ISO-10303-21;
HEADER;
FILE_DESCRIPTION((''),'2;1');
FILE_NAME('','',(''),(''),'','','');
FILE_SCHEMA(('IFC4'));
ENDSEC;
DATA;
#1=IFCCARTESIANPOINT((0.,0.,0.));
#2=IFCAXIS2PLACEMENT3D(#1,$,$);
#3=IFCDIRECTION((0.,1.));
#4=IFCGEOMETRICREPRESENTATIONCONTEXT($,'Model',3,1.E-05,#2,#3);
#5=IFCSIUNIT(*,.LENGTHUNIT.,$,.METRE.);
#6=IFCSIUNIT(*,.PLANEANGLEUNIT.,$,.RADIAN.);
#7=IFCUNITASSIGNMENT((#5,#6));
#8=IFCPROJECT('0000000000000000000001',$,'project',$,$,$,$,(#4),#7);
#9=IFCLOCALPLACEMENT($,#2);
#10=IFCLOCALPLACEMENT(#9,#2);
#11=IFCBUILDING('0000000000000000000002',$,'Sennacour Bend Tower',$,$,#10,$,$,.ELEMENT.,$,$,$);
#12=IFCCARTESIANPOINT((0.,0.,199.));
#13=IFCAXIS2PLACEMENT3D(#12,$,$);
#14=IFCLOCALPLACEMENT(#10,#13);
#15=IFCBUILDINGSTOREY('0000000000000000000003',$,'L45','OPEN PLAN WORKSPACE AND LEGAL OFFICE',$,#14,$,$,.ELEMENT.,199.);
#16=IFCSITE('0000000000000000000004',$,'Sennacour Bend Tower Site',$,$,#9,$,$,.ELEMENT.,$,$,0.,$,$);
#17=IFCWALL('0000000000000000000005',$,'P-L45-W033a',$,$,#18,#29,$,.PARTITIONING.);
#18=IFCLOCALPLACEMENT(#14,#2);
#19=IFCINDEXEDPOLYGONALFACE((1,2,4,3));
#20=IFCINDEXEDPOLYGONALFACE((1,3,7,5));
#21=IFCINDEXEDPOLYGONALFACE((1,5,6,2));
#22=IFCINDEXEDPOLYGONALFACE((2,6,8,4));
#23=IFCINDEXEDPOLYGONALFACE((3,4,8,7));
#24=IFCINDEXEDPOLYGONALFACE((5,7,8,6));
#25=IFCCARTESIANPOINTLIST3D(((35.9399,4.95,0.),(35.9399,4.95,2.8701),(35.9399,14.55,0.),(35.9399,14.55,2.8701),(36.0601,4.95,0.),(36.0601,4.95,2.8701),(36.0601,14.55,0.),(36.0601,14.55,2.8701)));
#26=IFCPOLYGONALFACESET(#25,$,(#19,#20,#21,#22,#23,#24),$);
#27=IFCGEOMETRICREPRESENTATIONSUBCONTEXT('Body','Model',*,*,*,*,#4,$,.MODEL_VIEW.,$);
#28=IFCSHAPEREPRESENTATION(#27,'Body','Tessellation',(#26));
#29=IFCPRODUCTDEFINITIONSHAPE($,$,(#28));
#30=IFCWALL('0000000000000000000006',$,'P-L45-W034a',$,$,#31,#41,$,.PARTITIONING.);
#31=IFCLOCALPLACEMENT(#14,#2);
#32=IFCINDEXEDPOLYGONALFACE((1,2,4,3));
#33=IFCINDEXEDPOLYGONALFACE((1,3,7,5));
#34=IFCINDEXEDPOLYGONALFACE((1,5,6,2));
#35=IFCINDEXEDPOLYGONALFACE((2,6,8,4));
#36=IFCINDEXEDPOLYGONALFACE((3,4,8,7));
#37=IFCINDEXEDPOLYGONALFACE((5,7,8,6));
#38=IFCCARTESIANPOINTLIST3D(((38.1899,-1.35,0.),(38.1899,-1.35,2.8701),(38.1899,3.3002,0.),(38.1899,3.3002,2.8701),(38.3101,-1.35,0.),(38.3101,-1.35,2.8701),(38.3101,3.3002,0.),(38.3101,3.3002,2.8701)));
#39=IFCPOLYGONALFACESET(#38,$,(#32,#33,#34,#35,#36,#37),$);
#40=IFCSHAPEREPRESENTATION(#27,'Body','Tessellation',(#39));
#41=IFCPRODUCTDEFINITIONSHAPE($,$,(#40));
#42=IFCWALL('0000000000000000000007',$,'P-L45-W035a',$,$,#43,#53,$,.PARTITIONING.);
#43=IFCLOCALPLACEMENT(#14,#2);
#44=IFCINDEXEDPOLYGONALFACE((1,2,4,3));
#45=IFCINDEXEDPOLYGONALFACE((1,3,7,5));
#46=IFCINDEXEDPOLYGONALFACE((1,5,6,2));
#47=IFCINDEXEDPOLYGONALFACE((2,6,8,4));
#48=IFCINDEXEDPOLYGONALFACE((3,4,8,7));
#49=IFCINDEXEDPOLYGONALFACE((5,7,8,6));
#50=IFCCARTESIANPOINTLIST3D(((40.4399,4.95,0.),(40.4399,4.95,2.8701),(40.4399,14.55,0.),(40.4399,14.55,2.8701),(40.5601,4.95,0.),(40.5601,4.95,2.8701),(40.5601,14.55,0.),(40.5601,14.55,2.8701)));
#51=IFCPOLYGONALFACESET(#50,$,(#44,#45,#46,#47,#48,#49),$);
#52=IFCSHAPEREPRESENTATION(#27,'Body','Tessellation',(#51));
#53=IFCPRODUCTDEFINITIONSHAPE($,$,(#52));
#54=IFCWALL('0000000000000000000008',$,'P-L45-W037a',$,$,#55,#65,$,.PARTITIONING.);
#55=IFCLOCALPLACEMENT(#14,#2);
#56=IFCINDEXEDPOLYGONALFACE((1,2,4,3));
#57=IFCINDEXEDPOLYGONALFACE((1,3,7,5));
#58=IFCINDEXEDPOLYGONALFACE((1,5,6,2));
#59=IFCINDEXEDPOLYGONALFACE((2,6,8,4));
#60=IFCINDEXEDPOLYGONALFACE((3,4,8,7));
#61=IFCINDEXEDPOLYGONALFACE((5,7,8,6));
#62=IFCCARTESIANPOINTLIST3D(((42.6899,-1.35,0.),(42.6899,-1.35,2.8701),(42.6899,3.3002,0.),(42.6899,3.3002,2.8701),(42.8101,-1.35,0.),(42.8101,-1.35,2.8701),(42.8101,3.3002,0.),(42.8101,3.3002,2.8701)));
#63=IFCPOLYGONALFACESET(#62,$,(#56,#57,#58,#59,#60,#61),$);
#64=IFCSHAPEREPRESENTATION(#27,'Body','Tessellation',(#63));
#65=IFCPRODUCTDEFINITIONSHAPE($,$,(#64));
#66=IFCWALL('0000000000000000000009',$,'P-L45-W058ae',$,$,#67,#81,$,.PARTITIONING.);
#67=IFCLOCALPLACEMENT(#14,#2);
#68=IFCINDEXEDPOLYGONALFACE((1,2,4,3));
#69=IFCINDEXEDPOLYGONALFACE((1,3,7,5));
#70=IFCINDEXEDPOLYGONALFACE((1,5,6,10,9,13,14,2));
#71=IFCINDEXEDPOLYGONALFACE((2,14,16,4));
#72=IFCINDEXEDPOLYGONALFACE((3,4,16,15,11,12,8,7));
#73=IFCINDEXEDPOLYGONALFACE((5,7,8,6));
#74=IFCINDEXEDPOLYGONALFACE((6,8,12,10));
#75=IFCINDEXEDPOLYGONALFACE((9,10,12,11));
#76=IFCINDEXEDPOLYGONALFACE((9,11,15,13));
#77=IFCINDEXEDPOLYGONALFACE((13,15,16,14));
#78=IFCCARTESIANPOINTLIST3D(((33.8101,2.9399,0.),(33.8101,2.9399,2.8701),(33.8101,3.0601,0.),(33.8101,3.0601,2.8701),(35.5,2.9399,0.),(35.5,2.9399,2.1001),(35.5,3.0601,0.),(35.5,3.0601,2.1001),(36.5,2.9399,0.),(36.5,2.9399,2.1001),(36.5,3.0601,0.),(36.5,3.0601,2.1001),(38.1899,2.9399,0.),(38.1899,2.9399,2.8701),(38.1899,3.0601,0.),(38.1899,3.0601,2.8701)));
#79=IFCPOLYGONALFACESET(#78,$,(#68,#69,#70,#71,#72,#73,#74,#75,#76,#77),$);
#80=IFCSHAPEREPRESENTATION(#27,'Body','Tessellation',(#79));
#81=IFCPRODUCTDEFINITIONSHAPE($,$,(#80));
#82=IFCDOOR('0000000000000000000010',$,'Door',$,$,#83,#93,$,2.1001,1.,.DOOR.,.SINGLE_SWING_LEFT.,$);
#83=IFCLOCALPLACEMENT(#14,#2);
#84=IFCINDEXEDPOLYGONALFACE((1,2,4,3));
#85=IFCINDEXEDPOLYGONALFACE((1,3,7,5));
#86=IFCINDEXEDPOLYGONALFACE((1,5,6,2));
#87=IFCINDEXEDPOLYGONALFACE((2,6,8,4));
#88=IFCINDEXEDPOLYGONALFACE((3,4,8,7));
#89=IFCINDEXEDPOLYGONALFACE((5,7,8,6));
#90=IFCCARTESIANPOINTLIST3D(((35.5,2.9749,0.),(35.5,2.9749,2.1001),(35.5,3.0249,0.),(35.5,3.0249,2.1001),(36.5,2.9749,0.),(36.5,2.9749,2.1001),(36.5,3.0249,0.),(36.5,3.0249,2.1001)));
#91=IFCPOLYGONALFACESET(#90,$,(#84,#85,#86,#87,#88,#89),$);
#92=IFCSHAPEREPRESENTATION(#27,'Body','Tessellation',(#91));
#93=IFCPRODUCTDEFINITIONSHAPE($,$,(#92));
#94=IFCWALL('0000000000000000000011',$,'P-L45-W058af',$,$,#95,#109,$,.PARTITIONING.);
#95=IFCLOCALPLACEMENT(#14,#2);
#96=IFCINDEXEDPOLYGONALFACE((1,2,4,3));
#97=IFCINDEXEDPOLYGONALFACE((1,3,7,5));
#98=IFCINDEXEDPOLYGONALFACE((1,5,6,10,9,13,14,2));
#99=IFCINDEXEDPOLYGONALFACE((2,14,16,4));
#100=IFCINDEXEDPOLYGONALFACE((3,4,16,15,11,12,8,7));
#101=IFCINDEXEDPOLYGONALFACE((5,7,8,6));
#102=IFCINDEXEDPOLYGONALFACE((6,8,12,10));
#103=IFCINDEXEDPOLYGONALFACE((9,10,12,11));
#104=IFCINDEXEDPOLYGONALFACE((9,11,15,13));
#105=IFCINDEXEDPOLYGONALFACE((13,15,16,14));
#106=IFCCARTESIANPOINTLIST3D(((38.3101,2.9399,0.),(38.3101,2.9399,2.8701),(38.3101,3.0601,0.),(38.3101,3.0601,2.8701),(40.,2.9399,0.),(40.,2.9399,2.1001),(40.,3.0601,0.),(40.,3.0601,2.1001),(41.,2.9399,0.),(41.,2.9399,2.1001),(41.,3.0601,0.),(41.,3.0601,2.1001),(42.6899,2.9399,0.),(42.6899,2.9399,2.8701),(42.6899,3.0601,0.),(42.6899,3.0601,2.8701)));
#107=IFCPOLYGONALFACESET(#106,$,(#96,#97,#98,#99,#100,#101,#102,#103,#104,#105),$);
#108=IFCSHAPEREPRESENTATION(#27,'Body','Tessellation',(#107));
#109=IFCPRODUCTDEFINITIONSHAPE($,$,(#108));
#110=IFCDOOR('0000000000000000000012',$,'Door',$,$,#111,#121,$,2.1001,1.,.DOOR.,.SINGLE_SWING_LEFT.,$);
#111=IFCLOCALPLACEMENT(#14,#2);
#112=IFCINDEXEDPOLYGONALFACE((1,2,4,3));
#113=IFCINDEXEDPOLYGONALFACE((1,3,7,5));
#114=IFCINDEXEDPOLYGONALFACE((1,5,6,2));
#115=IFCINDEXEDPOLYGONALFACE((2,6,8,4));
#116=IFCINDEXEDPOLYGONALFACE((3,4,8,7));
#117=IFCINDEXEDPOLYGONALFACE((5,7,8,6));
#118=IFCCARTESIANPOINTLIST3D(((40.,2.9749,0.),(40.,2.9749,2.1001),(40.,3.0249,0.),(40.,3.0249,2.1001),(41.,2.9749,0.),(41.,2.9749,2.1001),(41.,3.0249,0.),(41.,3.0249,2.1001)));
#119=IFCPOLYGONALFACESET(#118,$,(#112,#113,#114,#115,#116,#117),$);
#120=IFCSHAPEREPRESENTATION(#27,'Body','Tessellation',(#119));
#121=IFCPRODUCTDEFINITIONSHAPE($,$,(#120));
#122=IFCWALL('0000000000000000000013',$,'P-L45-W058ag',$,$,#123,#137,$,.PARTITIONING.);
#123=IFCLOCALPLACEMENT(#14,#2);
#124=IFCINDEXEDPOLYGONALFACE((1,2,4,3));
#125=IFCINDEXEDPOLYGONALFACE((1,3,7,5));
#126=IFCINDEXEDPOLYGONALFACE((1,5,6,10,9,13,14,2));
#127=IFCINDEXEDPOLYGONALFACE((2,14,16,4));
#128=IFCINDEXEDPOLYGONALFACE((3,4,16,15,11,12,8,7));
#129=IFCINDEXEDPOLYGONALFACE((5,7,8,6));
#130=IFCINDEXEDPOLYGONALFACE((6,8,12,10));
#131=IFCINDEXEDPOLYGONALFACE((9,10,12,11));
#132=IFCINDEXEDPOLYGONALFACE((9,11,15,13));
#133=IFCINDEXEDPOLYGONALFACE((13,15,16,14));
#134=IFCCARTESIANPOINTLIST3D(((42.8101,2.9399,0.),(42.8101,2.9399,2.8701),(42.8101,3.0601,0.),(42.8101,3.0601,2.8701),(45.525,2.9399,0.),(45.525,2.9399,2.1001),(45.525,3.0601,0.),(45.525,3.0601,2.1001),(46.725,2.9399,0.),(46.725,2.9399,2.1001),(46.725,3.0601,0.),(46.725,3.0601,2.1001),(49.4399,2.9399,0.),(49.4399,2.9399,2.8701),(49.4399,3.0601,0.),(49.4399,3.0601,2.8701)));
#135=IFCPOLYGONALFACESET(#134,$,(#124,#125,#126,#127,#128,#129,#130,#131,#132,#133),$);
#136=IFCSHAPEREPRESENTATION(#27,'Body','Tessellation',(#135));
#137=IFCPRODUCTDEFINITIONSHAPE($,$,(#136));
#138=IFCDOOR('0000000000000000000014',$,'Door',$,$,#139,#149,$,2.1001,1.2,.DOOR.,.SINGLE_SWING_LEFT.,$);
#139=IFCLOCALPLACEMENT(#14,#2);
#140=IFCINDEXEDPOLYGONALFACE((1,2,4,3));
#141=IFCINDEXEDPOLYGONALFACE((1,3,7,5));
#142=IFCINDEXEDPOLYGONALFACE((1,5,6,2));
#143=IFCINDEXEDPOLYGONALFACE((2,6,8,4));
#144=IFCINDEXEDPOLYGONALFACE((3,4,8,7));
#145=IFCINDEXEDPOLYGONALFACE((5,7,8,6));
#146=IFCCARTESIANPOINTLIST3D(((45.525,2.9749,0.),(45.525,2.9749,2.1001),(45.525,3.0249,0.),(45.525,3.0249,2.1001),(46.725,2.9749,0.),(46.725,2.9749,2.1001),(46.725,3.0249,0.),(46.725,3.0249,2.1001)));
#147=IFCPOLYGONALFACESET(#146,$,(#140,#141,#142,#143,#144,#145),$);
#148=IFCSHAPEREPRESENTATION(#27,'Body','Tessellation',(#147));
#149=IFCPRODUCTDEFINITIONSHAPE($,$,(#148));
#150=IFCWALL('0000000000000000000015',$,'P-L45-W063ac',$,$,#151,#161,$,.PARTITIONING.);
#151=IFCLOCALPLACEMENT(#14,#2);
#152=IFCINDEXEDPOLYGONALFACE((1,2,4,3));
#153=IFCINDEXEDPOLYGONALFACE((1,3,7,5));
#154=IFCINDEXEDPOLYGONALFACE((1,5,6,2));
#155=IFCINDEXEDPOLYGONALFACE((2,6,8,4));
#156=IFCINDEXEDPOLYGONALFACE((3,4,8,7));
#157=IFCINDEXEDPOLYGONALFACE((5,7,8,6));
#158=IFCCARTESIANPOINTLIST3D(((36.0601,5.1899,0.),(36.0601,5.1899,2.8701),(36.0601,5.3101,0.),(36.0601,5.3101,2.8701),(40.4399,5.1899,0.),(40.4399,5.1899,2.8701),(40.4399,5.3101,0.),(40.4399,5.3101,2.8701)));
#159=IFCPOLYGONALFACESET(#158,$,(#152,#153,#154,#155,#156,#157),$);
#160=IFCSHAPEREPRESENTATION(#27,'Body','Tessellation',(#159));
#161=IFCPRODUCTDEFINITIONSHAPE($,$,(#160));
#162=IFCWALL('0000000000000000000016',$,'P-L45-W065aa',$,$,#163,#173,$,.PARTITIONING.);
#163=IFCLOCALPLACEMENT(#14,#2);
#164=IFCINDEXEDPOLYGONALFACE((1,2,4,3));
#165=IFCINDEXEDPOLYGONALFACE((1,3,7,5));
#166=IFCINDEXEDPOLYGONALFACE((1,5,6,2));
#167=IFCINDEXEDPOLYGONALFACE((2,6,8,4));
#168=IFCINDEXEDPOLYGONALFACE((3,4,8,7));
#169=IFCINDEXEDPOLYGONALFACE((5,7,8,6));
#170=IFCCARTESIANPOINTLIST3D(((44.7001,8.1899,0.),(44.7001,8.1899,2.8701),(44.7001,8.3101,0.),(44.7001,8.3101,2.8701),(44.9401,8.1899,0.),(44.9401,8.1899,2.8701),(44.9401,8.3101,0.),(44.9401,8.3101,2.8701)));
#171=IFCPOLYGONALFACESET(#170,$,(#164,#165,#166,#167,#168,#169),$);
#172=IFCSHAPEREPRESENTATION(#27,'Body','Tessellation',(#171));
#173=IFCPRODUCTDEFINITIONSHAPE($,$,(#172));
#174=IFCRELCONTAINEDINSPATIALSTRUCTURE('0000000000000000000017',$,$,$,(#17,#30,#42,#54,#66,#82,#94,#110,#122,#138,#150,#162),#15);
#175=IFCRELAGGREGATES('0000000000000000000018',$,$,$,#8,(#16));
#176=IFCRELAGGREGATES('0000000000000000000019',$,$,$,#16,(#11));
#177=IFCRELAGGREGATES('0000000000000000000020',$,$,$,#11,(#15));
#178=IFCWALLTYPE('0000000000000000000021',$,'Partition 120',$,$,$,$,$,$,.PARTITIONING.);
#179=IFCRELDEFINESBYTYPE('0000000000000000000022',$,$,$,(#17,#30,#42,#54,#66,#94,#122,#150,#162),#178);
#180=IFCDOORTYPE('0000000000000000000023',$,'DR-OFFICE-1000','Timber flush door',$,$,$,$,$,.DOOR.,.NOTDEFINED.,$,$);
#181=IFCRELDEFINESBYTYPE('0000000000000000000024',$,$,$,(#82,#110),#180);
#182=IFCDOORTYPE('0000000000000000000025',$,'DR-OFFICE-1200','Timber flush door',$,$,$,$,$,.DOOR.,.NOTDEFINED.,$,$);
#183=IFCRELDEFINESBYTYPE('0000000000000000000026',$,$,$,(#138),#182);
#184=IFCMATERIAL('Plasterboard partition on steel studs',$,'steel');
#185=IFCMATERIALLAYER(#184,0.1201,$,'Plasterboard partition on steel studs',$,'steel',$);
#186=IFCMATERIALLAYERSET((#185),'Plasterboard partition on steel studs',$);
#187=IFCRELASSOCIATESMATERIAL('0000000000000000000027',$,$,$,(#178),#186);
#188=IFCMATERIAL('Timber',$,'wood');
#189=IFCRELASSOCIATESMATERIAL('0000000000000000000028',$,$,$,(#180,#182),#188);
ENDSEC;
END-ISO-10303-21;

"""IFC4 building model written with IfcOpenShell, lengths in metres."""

from ifc_helpers import new_model, si_unit, direction, frame, frame_2d, origin, place, context, subcontext, project, spatial, rectangle, extrude, material, layer, layer_set, type_object, element, fill, save


model = new_model("IFC4")

# Units and contexts
model_context = context("Model", 3, precision=1e-05, world=origin(), true_north=direction((0.0, 1.0)))
body_context = subcontext(model_context, "Body", "Model", "MODEL_VIEW")
ifc_project = project(units=[si_unit("LENGTHUNIT", "METRE"), si_unit("PLANEANGLEUNIT", "RADIAN")], contexts=[model_context])

# Site, building, storey
site_placement = place(None, origin())
site = spatial("IfcSite", under=ifc_project, at=site_placement, Name="Sennacour Bend Tower Site", CompositionType="ELEMENT", RefElevation=0.0)
building_placement = place(site_placement, origin())
building = spatial("IfcBuilding", under=site, at=building_placement, Name="Sennacour Bend Tower", CompositionType="ELEMENT")
storey_placement = place(building_placement, frame((0.0, 0.0, 199.0)))
storey = spatial("IfcBuildingStorey", under=building, at=storey_placement, Name="L45", Description="OPEN PLAN WORKSPACE AND LEGAL OFFICE", CompositionType="ELEMENT", Elevation=199.0)

# Walls
ifc_material_1 = material(Name="Plasterboard partition on steel studs", Category="steel")
ifc_layer_1 = layer(ifc_material_1, 0.1201, Name="Plasterboard partition on steel studs", Category="steel")
ifc_layer_set_1 = layer_set([ifc_layer_1], Name="Plasterboard partition on steel studs")
wall_type_1 = type_object("IfcWallType", Name="Partition 120", PredefinedType="PARTITIONING", material=ifc_layer_set_1)
wall_1_placement = place(storey_placement, frame((36.0, 4.95, 0.0), z_axis=(0.0, 0.0, 1.0), x_axis=(0.0, 1.0, 0.0)))
element("IfcWall", 1, at=wall_1_placement, inside=storey, type_object=wall_type_1, Name="P-L45-W033a", PredefinedType="PARTITIONING", context=body_context, shape_type="SweptSolid", body=[
    extrude(rectangle(XDim=9.6001, YDim=0.1201, at=frame_2d((4.8, 0.0))), origin(), (0.0, 0.0, 1.0), 2.8701),
])
wall_2_placement = place(storey_placement, frame((38.25, -1.3501, 0.0), z_axis=(0.0, 0.0, 1.0), x_axis=(0.0, 1.0, 0.0)))
element("IfcWall", 2, at=wall_2_placement, inside=storey, type_object=wall_type_1, Name="P-L45-W034a", PredefinedType="PARTITIONING", context=body_context, shape_type="SweptSolid", body=[
    extrude(rectangle(XDim=4.6501, YDim=0.1201, at=frame_2d((2.3252, 0.0))), origin(), (0.0, 0.0, 1.0), 2.8701),
])
wall_3_placement = place(storey_placement, frame((40.5, 4.95, 0.0), z_axis=(0.0, 0.0, 1.0), x_axis=(0.0, 1.0, 0.0)))
element("IfcWall", 3, at=wall_3_placement, inside=storey, type_object=wall_type_1, Name="P-L45-W035a", PredefinedType="PARTITIONING", context=body_context, shape_type="SweptSolid", body=[
    extrude(rectangle(XDim=9.6001, YDim=0.1201, at=frame_2d((4.8, 0.0))), origin(), (0.0, 0.0, 1.0), 2.8701),
])
wall_4_placement = place(storey_placement, frame((42.75, -1.3501, 0.0), z_axis=(0.0, 0.0, 1.0), x_axis=(0.0, 1.0, 0.0)))
element("IfcWall", 4, at=wall_4_placement, inside=storey, type_object=wall_type_1, Name="P-L45-W037a", PredefinedType="PARTITIONING", context=body_context, shape_type="SweptSolid", body=[
    extrude(rectangle(XDim=4.6501, YDim=0.1201, at=frame_2d((2.3252, 0.0))), origin(), (0.0, 0.0, 1.0), 2.8701),
])

# Walls, openings, doors
wall_5_placement = place(storey_placement, frame((33.8101, 3.0, 0.0), z_axis=(0.0, 0.0, 1.0), x_axis=(1.0, 0.0, 0.0)))
wall_5 = element("IfcWall", 5, at=wall_5_placement, inside=storey, type_object=wall_type_1, Name="P-L45-W058ae", PredefinedType="PARTITIONING", context=body_context, shape_type="SweptSolid", body=[
    extrude(rectangle(XDim=4.3799, YDim=0.1201, at=frame_2d((2.1899, 0.0))), origin(), (0.0, 0.0, 1.0), 2.8701),
])
opening_1_placement = place(wall_5_placement, frame((1.6899, 0.0, 0.0)))
opening_1 = element("IfcOpeningElement", 6, at=opening_1_placement, cuts=wall_5, PredefinedType="OPENING", context=body_context, shape_type="SweptSolid", body=[
    extrude(rectangle(XDim=1.0, YDim=2.1001, at=frame_2d((0.5, 1.05))), frame((0.0, 0.0701, 0.0), z_axis=(0.0, -1.0, 0.0), x_axis=(1.0, 0.0, 0.0)), (0.0, 0.0, 1.0), 0.1401),
])
ifc_material_2 = material(Name="Timber", Category="wood")
door_type_1 = type_object("IfcDoorType", Name="DR-OFFICE-1000", Description="Timber flush door", OperationType="NOTDEFINED", PredefinedType="DOOR", material=ifc_material_2)
door_1_placement = place(opening_1_placement, origin())
door_1 = element("IfcDoor", 7, at=door_1_placement, inside=storey, type_object=door_type_1, Name="Door", OperationType="SINGLE_SWING_LEFT", OverallHeight=2.1001, OverallWidth=1.0, PredefinedType="DOOR", context=body_context, shape_type="SweptSolid", body=[
    extrude(rectangle(XDim=1.0, YDim=2.1001, at=frame_2d((0.5, 1.05))), frame((0.0, 0.0249, 0.0), z_axis=(0.0, -1.0, 0.0), x_axis=(1.0, 0.0, 0.0)), (0.0, 0.0, 1.0), 0.05),
])
fill(opening_1, door_1)
wall_6_placement = place(storey_placement, frame((38.3101, 3.0, 0.0), z_axis=(0.0, 0.0, 1.0), x_axis=(1.0, 0.0, 0.0)))
wall_6 = element("IfcWall", 8, at=wall_6_placement, inside=storey, type_object=wall_type_1, Name="P-L45-W058af", PredefinedType="PARTITIONING", context=body_context, shape_type="SweptSolid", body=[
    extrude(rectangle(XDim=4.3799, YDim=0.1201, at=frame_2d((2.1899, 0.0))), origin(), (0.0, 0.0, 1.0), 2.8701),
])
opening_2_placement = place(wall_6_placement, frame((1.6899, 0.0, 0.0)))
opening_2 = element("IfcOpeningElement", 9, at=opening_2_placement, cuts=wall_6, PredefinedType="OPENING", context=body_context, shape_type="SweptSolid", body=[
    extrude(rectangle(XDim=1.0, YDim=2.1001, at=frame_2d((0.5, 1.05))), frame((0.0, 0.0701, 0.0), z_axis=(0.0, -1.0, 0.0), x_axis=(1.0, 0.0, 0.0)), (0.0, 0.0, 1.0), 0.1401),
])
door_2_placement = place(opening_2_placement, origin())
door_2 = element("IfcDoor", 10, at=door_2_placement, inside=storey, type_object=door_type_1, Name="Door", OperationType="SINGLE_SWING_LEFT", OverallHeight=2.1001, OverallWidth=1.0, PredefinedType="DOOR", context=body_context, shape_type="SweptSolid", body=[
    extrude(rectangle(XDim=1.0, YDim=2.1001, at=frame_2d((0.5, 1.05))), frame((0.0, 0.0249, 0.0), z_axis=(0.0, -1.0, 0.0), x_axis=(1.0, 0.0, 0.0)), (0.0, 0.0, 1.0), 0.05),
])
fill(opening_2, door_2)
wall_7_placement = place(storey_placement, frame((42.8101, 3.0, 0.0), z_axis=(0.0, 0.0, 1.0), x_axis=(1.0, 0.0, 0.0)))
wall_7 = element("IfcWall", 11, at=wall_7_placement, inside=storey, type_object=wall_type_1, Name="P-L45-W058ag", PredefinedType="PARTITIONING", context=body_context, shape_type="SweptSolid", body=[
    extrude(rectangle(XDim=6.6299, YDim=0.1201, at=frame_2d((3.3149, 0.0))), origin(), (0.0, 0.0, 1.0), 2.8701),
])
opening_3_placement = place(wall_7_placement, frame((2.7148, 0.0, 0.0)))
opening_3 = element("IfcOpeningElement", 12, at=opening_3_placement, cuts=wall_7, PredefinedType="OPENING", context=body_context, shape_type="SweptSolid", body=[
    extrude(rectangle(XDim=1.2, YDim=2.1001, at=frame_2d((0.6001, 1.05))), frame((0.0, 0.0701, 0.0), z_axis=(0.0, -1.0, 0.0), x_axis=(1.0, 0.0, 0.0)), (0.0, 0.0, 1.0), 0.1401),
])
door_type_2 = type_object("IfcDoorType", Name="DR-OFFICE-1200", Description="Timber flush door", OperationType="NOTDEFINED", PredefinedType="DOOR", material=ifc_material_2)
door_3_placement = place(opening_3_placement, origin())
door_3 = element("IfcDoor", 13, at=door_3_placement, inside=storey, type_object=door_type_2, Name="Door", OperationType="SINGLE_SWING_LEFT", OverallHeight=2.1001, OverallWidth=1.2, PredefinedType="DOOR", context=body_context, shape_type="SweptSolid", body=[
    extrude(rectangle(XDim=1.2, YDim=2.1001, at=frame_2d((0.6001, 1.05))), frame((0.0, 0.0249, 0.0), z_axis=(0.0, -1.0, 0.0), x_axis=(1.0, 0.0, 0.0)), (0.0, 0.0, 1.0), 0.05),
])
fill(opening_3, door_3)

# Walls
wall_8_placement = place(storey_placement, frame((36.0601, 5.25, 0.0), z_axis=(0.0, 0.0, 1.0), x_axis=(1.0, 0.0, 0.0)))
element("IfcWall", 14, at=wall_8_placement, inside=storey, type_object=wall_type_1, Name="P-L45-W063ac", PredefinedType="PARTITIONING", context=body_context, shape_type="SweptSolid", body=[
    extrude(rectangle(XDim=4.3799, YDim=0.1201, at=frame_2d((2.1899, 0.0))), origin(), (0.0, 0.0, 1.0), 2.8701),
])
wall_9_placement = place(storey_placement, frame((44.7, 8.25, 0.0), z_axis=(0.0, 0.0, 1.0), x_axis=(1.0, 0.0, 0.0)))
element("IfcWall", 15, at=wall_9_placement, inside=storey, type_object=wall_type_1, Name="P-L45-W065aa", PredefinedType="PARTITIONING", context=body_context, shape_type="SweptSolid", body=[
    extrude(rectangle(XDim=0.24, YDim=0.1201, at=frame_2d((0.1201, 0.0))), origin(), (0.0, 0.0, 1.0), 2.8701),
])

save(model, "model.ifc")
